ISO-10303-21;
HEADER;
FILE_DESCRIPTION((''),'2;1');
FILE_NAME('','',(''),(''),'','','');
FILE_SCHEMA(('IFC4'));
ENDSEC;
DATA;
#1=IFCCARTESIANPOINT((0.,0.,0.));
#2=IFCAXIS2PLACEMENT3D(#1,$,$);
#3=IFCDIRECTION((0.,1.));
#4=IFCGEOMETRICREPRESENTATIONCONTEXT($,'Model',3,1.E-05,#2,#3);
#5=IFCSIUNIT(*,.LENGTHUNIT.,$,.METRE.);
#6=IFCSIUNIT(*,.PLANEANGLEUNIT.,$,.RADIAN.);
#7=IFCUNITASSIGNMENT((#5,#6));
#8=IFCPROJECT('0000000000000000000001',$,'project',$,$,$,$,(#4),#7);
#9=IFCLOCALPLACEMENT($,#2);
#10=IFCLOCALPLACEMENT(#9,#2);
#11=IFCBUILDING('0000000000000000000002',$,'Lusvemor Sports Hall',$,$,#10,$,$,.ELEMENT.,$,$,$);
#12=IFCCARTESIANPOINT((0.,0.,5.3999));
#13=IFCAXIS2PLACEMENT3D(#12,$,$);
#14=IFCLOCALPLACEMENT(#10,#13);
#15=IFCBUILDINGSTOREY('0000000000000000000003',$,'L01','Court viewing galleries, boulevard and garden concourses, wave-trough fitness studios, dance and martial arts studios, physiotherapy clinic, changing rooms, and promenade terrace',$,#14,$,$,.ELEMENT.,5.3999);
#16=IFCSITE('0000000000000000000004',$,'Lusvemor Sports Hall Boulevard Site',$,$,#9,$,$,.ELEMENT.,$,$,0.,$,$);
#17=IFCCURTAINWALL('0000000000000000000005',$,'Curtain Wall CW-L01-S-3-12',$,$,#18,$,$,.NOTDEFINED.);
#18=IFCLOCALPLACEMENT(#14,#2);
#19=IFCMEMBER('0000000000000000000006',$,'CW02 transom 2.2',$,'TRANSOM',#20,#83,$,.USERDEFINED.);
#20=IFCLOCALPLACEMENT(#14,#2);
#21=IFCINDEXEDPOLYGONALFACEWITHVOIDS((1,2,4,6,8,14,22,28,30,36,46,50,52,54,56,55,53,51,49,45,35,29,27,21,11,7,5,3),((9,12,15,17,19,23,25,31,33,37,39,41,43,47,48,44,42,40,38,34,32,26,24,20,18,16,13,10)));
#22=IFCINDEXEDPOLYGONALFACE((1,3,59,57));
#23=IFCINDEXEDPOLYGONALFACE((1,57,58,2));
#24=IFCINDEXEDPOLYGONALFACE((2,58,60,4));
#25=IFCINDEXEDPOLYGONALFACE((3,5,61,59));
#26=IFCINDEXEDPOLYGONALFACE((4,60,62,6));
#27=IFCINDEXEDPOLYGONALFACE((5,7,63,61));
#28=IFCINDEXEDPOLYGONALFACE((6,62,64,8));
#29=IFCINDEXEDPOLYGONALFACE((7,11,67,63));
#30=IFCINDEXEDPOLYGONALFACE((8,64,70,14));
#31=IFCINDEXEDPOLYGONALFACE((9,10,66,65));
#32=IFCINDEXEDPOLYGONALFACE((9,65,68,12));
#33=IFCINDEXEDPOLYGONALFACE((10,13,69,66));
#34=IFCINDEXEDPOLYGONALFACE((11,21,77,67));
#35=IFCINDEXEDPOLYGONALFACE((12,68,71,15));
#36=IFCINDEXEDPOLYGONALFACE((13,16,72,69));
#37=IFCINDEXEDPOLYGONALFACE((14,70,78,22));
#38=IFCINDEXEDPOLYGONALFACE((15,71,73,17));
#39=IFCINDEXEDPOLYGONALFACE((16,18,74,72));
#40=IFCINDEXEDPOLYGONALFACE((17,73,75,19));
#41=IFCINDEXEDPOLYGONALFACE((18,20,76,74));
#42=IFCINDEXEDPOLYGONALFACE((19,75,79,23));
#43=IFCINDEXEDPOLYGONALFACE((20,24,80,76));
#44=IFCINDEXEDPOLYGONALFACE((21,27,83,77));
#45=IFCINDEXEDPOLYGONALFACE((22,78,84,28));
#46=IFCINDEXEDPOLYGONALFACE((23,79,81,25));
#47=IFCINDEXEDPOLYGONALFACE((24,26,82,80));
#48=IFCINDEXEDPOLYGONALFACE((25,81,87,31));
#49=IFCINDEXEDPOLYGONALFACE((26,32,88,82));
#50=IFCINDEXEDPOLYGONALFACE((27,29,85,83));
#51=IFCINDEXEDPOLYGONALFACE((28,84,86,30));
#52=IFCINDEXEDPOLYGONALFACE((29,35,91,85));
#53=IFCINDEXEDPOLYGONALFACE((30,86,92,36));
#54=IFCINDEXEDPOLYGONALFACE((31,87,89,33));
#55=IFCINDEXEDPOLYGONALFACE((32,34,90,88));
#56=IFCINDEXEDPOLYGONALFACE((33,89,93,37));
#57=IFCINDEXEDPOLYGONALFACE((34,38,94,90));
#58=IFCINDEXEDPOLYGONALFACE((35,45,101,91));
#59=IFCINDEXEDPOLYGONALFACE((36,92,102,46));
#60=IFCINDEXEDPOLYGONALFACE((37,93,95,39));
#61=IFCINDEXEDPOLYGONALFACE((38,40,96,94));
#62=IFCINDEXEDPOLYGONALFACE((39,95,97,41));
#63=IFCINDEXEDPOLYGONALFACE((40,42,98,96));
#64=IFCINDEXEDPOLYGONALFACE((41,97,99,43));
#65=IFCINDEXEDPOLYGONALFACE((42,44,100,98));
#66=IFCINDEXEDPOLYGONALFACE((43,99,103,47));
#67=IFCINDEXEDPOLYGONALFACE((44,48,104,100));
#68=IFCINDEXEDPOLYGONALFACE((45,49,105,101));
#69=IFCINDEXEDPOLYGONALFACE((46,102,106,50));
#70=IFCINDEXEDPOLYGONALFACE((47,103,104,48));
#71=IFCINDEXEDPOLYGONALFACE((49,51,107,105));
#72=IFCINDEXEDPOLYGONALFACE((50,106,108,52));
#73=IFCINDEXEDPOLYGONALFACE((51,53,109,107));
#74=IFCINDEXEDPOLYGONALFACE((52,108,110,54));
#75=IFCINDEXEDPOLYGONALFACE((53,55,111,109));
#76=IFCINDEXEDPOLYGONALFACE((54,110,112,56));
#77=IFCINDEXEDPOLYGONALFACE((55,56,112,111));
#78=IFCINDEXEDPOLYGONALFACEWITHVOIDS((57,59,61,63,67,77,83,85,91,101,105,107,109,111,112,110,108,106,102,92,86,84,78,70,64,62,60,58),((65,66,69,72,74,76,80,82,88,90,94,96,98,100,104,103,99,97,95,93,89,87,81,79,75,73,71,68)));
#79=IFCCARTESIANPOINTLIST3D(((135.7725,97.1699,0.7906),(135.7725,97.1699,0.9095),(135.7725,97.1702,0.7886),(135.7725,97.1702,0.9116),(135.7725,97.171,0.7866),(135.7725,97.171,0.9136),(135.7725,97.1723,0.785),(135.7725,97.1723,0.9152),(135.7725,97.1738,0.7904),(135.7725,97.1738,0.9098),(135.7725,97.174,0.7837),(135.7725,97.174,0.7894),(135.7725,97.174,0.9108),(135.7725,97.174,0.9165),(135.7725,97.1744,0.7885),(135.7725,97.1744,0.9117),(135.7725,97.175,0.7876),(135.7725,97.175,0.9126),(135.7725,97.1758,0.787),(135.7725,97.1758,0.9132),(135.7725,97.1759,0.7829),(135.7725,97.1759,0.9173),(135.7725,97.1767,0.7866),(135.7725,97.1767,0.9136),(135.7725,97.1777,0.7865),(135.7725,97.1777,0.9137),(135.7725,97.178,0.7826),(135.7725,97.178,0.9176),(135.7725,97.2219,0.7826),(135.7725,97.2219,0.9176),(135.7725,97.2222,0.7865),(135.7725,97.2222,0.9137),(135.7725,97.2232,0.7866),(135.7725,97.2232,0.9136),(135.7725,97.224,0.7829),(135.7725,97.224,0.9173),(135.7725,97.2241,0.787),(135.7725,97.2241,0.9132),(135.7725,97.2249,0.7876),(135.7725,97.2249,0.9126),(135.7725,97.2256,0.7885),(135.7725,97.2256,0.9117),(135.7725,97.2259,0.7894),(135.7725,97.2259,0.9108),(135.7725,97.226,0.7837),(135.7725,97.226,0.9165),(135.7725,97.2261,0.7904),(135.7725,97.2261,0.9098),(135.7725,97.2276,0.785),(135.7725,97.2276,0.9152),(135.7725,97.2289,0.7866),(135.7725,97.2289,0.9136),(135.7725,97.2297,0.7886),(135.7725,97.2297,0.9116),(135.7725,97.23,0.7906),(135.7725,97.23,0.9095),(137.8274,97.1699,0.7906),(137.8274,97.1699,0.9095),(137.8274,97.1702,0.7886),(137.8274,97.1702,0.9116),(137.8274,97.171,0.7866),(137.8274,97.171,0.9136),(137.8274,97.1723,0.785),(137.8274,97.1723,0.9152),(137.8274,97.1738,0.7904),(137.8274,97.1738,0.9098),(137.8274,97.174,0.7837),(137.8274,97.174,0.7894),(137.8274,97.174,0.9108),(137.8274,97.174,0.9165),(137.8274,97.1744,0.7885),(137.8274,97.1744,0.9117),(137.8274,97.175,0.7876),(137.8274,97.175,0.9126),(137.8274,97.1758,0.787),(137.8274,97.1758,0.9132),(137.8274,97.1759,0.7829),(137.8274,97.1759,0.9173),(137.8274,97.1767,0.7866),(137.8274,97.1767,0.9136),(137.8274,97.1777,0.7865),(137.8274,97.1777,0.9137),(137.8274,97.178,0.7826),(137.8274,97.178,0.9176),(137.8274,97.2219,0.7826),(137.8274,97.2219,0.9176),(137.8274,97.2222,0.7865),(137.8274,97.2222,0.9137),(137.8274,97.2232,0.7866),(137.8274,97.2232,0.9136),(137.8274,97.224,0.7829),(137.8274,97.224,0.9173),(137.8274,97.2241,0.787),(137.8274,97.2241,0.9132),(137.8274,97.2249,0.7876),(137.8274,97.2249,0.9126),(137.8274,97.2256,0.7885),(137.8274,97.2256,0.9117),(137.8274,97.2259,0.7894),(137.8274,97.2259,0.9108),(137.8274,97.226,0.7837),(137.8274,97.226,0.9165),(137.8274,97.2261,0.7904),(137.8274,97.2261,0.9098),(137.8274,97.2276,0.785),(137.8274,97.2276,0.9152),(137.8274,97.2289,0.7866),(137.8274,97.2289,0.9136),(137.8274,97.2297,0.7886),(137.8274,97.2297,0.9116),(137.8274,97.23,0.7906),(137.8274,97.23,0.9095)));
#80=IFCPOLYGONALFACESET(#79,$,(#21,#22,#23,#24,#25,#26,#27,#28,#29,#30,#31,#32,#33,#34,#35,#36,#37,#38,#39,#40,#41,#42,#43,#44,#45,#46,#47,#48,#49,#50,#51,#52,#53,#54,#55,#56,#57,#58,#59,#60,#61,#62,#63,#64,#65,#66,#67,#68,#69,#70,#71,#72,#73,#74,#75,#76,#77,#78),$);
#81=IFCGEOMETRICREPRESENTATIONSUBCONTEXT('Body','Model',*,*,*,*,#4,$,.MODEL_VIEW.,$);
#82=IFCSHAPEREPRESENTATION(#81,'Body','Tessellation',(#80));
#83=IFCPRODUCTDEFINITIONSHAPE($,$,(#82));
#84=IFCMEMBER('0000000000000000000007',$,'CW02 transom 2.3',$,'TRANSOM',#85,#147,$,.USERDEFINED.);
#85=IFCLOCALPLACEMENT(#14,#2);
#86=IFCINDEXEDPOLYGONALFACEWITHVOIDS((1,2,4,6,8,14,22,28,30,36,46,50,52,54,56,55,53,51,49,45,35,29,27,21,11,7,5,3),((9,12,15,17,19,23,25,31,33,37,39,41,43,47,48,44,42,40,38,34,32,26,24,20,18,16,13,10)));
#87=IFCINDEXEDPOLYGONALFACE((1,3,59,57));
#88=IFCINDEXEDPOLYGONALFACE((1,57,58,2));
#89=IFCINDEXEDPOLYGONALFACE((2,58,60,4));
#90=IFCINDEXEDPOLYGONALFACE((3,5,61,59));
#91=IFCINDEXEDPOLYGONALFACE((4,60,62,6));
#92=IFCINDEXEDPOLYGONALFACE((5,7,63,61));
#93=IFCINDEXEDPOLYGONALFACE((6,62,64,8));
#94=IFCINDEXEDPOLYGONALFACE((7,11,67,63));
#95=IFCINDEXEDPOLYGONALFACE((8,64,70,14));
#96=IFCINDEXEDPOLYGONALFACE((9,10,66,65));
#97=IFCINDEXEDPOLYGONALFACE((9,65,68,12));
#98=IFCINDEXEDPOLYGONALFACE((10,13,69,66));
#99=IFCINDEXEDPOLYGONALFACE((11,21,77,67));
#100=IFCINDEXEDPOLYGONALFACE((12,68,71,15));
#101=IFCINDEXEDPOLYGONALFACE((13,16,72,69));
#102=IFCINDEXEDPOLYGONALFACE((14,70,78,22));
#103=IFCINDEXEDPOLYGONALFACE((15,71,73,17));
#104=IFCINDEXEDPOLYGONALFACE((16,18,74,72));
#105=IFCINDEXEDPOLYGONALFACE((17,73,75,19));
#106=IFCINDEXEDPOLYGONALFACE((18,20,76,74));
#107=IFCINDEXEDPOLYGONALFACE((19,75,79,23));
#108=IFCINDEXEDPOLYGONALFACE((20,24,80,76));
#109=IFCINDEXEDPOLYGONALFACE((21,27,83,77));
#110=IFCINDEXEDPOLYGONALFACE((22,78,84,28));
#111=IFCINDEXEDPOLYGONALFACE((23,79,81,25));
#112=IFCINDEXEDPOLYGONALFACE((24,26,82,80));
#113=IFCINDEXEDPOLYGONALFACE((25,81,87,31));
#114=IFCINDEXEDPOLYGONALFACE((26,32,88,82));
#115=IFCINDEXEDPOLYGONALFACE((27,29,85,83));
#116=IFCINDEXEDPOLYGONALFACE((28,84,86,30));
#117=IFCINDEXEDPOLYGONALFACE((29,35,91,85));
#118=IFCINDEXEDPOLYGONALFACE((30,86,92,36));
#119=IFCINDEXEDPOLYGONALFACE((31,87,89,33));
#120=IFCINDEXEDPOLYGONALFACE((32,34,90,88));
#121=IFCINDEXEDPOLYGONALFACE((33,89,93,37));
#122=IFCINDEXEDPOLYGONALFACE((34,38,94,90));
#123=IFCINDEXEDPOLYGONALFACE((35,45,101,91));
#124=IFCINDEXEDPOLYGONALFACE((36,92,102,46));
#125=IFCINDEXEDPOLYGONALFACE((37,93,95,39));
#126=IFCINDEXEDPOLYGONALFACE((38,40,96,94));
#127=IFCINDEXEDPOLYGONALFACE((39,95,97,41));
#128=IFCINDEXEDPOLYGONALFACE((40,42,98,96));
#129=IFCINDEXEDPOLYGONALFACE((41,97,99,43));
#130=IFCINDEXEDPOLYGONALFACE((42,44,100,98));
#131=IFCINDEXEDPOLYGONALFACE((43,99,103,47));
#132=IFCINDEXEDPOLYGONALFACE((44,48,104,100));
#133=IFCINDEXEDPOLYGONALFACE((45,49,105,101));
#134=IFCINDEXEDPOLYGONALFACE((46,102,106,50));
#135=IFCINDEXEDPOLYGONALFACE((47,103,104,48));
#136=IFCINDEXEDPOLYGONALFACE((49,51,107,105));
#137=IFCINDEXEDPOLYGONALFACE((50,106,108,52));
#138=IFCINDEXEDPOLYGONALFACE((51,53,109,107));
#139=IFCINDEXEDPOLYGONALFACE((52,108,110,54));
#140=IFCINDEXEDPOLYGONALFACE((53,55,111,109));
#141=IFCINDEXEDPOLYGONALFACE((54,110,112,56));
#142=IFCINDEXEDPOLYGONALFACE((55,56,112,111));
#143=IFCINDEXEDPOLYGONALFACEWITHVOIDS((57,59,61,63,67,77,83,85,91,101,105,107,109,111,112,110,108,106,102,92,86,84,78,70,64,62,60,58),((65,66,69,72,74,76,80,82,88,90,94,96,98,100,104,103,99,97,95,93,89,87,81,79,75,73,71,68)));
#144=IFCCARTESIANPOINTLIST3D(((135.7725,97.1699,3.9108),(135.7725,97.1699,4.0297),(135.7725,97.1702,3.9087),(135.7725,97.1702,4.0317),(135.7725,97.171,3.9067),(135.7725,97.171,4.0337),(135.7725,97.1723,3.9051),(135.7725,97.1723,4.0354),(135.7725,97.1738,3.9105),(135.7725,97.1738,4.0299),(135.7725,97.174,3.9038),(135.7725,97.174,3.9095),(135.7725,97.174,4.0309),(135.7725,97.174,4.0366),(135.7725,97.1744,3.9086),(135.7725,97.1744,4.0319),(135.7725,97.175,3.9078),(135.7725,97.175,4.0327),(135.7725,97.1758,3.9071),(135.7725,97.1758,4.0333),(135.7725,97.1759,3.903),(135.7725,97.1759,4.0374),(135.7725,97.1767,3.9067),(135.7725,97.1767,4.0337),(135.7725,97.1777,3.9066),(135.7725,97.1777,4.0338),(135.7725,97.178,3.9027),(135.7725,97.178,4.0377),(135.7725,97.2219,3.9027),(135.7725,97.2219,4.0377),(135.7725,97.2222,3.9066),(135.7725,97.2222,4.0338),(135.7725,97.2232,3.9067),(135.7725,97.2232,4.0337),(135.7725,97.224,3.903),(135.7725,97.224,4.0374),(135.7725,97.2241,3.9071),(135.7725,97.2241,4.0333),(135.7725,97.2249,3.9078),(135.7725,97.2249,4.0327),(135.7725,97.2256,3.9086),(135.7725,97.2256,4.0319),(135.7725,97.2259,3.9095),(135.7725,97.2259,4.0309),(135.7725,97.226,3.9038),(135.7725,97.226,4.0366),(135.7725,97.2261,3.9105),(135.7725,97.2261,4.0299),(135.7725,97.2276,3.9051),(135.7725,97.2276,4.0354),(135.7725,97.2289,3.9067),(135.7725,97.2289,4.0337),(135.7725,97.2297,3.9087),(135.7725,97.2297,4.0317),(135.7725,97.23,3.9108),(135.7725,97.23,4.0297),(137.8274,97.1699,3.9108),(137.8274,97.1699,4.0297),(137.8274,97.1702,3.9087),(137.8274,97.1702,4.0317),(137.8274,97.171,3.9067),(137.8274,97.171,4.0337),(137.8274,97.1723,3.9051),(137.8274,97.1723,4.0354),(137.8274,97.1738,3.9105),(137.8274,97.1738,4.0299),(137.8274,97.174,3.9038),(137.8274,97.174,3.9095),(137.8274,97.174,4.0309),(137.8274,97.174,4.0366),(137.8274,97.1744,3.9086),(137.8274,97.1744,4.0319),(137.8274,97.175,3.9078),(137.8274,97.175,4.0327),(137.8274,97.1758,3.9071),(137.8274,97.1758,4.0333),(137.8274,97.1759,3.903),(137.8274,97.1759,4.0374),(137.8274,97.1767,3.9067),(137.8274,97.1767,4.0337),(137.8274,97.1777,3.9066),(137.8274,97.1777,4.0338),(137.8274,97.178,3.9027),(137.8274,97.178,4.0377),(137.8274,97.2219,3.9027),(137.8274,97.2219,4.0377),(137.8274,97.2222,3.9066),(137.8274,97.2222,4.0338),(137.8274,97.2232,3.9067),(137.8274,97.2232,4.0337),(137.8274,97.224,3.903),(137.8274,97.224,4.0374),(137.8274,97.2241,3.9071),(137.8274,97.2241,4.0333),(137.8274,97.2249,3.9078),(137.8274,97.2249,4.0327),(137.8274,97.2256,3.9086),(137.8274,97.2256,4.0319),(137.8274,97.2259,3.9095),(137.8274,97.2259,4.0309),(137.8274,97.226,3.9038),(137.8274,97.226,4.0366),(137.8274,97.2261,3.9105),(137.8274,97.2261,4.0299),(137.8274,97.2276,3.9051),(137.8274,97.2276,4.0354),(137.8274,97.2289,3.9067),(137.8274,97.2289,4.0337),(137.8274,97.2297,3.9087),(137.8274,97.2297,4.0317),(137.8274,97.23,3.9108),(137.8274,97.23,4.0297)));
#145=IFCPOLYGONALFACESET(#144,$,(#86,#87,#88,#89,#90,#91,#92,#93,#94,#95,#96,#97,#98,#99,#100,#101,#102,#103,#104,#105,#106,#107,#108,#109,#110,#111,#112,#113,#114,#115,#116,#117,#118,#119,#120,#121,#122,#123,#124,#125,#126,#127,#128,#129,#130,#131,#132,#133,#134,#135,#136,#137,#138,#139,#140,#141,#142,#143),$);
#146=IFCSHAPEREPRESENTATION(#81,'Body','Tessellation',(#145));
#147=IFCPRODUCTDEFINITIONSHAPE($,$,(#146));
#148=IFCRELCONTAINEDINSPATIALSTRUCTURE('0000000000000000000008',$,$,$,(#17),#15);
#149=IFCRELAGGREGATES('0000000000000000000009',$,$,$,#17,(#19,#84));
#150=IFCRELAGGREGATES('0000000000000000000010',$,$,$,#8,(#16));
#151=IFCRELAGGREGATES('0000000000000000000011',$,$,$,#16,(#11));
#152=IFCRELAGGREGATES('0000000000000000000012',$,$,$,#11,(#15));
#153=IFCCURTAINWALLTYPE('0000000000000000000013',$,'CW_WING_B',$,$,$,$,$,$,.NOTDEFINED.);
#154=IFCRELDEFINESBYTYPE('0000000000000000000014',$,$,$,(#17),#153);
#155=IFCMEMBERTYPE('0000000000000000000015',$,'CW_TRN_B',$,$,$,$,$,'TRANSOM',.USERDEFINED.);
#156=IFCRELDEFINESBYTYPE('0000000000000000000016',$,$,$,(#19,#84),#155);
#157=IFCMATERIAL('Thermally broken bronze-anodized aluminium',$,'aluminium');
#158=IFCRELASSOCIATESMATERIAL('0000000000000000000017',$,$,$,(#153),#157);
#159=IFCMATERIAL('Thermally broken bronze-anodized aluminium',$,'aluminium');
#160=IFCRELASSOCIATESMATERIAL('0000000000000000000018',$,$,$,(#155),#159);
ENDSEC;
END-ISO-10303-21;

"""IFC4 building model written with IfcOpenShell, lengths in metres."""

from ifc_helpers import new_model, si_unit, direction, frame, origin, origin_2d, place, context, subcontext, project, spatial, hollow_rectangle, extrude, material, material_profile, profile_set, type_object, element, aggregate, save


model = new_model("IFC4")

# Units and contexts
model_context = context("Model", 3, precision=1e-05, world=origin(), true_north=direction((0.0, 1.0)))
body_context = subcontext(model_context, "Body", "Model", "MODEL_VIEW")
ifc_project = project(units=[si_unit("LENGTHUNIT", "METRE"), si_unit("PLANEANGLEUNIT", "RADIAN")], contexts=[model_context])

# Site, building, storey
site_placement = place(None, origin())
site = spatial("IfcSite", under=ifc_project, at=site_placement, Name="Lusvemor Sports Hall Boulevard Site", CompositionType="ELEMENT", RefElevation=0.0)
building_placement = place(site_placement, origin())
building = spatial("IfcBuilding", under=site, at=building_placement, Name="Lusvemor Sports Hall", CompositionType="ELEMENT")
storey_placement = place(building_placement, frame((0.0, 0.0, 5.3999)))
storey = spatial("IfcBuildingStorey", under=building, at=storey_placement, Name="L01", Description="Court viewing galleries, boulevard and garden concourses, wave-trough fitness studios, dance and martial arts studios, physiotherapy clinic, changing rooms, and promenade terrace", CompositionType="ELEMENT", Elevation=5.3999)

# Curtain wall, members
ifc_material_1 = material(Name="Thermally broken bronze-anodized aluminium", Category="aluminium")
curtain_wall_type = type_object("IfcCurtainWallType", Name="CW_WING_B", PredefinedType="NOTDEFINED", material=ifc_material_1)
curtain_wall_placement = place(storey_placement, origin())
curtain_wall = element("IfcCurtainWall", 1, at=curtain_wall_placement, inside=storey, type_object=curtain_wall_type, Name="Curtain Wall CW-L01-S-3-12", PredefinedType="NOTDEFINED")
ifc_material_2 = material(Name="Thermally broken bronze-anodized aluminium", Category="aluminium")
ifc_material_profile_1 = material_profile(ifc_material_2, hollow_rectangle(XDim=0.0601, YDim=0.135, WallThickness=0.0039, InnerFilletRadius=0.0039, OuterFilletRadius=0.0081, at=origin_2d()), Name="CWTRN135x60x4")
ifc_profile_set_1 = profile_set([ifc_material_profile_1], Name="Thermally broken bronze-anodized aluminium")
member_type_1 = type_object("IfcMemberType", Name="CW_TRN_B", ElementType="TRANSOM", PredefinedType="USERDEFINED", material=ifc_profile_set_1)
member_1_placement = place(storey_placement, frame((137.8274, 97.2, 0.8501), z_axis=(-1.0, 0.0, 0.0), x_axis=(0.0, -1.0, 0.0)))
member_1 = element("IfcMember", 2, at=member_1_placement, type_object=member_type_1, Name="CW02 transom 2.2", ObjectType="TRANSOM", PredefinedType="USERDEFINED", context=body_context, shape_type="SweptSolid", body=[
    extrude(hollow_rectangle(XDim=0.0601, YDim=0.135, WallThickness=0.0039, InnerFilletRadius=0.0039, OuterFilletRadius=0.0081, at=origin_2d()), origin(), (0.0, 0.0, 1.0), 2.0549),
])
member_2_placement = place(storey_placement, frame((137.8274, 97.2, 3.9702), z_axis=(-1.0, 0.0, 0.0), x_axis=(0.0, -1.0, 0.0)))
member_2 = element("IfcMember", 3, at=member_2_placement, type_object=member_type_1, Name="CW02 transom 2.3", ObjectType="TRANSOM", PredefinedType="USERDEFINED", context=body_context, shape_type="SweptSolid", body=[
    extrude(hollow_rectangle(XDim=0.0601, YDim=0.135, WallThickness=0.0039, InnerFilletRadius=0.0039, OuterFilletRadius=0.0081, at=origin_2d()), origin(), (0.0, 0.0, 1.0), 2.0549),
])

aggregate(curtain_wall, [member_1, member_2])

save(model, "model.ifc")
